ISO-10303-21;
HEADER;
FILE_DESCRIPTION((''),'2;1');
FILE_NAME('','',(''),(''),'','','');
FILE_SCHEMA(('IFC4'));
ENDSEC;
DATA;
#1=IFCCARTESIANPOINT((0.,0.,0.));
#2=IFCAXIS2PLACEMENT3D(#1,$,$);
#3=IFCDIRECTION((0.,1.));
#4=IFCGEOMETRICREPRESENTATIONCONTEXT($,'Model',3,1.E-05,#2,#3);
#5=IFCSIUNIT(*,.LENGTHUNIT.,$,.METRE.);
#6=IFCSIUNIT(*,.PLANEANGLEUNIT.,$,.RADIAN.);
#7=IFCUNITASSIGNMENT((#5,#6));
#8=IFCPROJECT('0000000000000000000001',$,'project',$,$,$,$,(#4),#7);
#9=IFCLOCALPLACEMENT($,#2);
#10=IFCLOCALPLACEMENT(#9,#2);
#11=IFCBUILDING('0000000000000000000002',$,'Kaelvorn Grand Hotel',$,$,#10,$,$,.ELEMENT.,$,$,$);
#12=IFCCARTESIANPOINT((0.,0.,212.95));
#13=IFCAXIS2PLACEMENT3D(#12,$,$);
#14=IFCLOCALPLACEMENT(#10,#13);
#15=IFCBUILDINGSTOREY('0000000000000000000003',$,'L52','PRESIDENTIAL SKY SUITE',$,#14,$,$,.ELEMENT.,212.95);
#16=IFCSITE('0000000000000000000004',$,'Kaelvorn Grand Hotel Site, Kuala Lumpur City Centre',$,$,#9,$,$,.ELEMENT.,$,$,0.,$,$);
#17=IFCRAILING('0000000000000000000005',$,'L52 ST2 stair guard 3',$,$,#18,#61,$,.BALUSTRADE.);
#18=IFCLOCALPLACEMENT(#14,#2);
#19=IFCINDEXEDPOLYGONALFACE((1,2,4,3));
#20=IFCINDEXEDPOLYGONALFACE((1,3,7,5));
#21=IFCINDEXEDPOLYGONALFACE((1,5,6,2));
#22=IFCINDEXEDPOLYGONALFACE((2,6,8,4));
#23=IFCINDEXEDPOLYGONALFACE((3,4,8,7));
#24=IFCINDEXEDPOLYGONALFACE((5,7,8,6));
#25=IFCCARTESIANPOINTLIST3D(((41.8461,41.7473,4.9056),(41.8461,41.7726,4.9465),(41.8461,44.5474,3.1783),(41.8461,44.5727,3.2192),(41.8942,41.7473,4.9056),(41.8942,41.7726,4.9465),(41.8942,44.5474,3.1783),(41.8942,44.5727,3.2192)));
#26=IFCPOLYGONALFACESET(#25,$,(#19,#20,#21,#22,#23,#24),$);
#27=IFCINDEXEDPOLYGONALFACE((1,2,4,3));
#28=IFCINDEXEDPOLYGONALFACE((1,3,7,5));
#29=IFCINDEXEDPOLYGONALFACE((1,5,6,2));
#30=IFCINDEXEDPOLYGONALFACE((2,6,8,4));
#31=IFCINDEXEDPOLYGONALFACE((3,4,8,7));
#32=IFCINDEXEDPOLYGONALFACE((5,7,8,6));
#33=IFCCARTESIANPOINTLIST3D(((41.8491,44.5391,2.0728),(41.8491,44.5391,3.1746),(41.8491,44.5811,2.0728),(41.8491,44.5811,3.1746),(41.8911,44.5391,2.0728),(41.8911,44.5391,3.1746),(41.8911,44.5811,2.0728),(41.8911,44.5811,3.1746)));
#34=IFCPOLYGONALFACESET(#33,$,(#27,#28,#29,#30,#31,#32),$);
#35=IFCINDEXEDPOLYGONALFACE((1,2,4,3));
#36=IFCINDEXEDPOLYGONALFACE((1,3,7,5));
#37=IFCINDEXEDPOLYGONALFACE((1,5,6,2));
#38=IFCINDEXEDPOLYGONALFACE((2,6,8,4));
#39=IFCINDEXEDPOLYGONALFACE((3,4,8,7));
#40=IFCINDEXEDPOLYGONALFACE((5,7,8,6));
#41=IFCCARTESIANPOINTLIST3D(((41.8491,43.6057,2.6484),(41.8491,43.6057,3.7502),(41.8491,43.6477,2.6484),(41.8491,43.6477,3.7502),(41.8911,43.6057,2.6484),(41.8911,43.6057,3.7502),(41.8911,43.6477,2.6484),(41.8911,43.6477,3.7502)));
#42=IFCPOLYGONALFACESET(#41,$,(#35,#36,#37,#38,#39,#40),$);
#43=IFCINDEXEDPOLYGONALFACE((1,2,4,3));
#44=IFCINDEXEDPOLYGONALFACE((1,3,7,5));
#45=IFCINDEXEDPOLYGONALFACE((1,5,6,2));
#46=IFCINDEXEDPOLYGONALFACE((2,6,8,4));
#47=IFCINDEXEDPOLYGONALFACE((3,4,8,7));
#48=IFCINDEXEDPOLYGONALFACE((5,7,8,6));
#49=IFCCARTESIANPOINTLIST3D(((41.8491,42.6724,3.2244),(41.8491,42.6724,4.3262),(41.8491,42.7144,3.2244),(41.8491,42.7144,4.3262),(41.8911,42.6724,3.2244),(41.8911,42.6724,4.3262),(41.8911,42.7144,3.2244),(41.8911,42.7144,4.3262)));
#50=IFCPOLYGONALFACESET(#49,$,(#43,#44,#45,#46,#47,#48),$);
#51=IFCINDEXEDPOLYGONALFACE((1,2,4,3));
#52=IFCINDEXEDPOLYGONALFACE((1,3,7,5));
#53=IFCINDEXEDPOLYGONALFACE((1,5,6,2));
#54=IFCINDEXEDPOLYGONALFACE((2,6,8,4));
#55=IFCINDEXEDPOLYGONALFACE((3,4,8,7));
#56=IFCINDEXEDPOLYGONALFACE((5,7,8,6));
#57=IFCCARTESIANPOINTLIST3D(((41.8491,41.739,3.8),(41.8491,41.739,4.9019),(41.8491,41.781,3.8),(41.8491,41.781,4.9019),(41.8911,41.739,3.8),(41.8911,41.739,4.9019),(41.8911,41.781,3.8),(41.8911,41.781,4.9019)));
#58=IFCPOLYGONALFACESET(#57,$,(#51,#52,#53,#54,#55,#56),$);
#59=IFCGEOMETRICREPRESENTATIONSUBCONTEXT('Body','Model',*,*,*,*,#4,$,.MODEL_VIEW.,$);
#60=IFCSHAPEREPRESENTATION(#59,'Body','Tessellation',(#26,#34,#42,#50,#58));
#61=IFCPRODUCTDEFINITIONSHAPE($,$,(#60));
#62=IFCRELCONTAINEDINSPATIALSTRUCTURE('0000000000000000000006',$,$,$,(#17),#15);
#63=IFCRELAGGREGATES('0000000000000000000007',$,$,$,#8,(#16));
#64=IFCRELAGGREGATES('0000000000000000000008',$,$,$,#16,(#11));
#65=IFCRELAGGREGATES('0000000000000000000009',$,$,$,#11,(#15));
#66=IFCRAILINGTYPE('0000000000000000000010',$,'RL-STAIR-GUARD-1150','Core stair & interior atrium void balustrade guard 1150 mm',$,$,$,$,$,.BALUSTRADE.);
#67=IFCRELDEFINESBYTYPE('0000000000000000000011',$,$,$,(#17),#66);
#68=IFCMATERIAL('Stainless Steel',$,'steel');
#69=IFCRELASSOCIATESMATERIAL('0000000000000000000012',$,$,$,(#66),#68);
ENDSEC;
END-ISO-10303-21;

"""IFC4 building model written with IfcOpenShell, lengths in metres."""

from ifc_helpers import new_model, si_unit, direction, frame, origin, origin_2d, place, context, subcontext, project, spatial, rectangle, extrude, material, type_object, element, save


model = new_model("IFC4")

# Units and contexts
model_context = context("Model", 3, precision=1e-05, world=origin(), true_north=direction((0.0, 1.0)))
body_context = subcontext(model_context, "Body", "Model", "MODEL_VIEW")
ifc_project = project(units=[si_unit("LENGTHUNIT", "METRE"), si_unit("PLANEANGLEUNIT", "RADIAN")], contexts=[model_context])

# Site, building, storey
site_placement = place(None, origin())
site = spatial("IfcSite", under=ifc_project, at=site_placement, Name="Kaelvorn Grand Hotel Site, Kuala Lumpur City Centre", CompositionType="ELEMENT", RefElevation=0.0)
building_placement = place(site_placement, origin())
building = spatial("IfcBuilding", under=site, at=building_placement, Name="Kaelvorn Grand Hotel", CompositionType="ELEMENT")
storey_placement = place(building_placement, frame((0.0, 0.0, 212.95)))
storey = spatial("IfcBuildingStorey", under=building, at=storey_placement, Name="L52", Description="PRESIDENTIAL SKY SUITE", CompositionType="ELEMENT", Elevation=212.95)

# Railing
ifc_material_1 = material(Name="Stainless Steel", Category="steel")
railing_type_1 = type_object("IfcRailingType", Name="RL-STAIR-GUARD-1150", Description="Core stair & interior atrium void balustrade guard 1150 mm", PredefinedType="BALUSTRADE", material=ifc_material_1)
railing_1_placement = place(storey_placement, frame((41.8701, 44.5601, 2.0728)))
element("IfcRailing", 1, at=railing_1_placement, inside=storey, type_object=railing_type_1, Name="L52 ST2 stair guard 3", PredefinedType="BALUSTRADE", context=body_context, shape_type="SweptSolid", body=[
    extrude(rectangle(XDim=0.0481, YDim=0.0481, at=origin_2d()), frame((0.0, 0.0, 1.126), z_axis=(0.0, -0.85109, 0.52502), x_axis=(1.0, 0.0, 0.0)), (0.0, 0.0, 1.0), 3.29),
    extrude(rectangle(XDim=0.042, YDim=0.042, at=origin_2d()), origin(), (0.0, 0.0, 1.0), 1.1018),
    extrude(rectangle(XDim=0.042, YDim=0.042, at=origin_2d()), frame((0.0, -0.9333, 0.5757)), (0.0, 0.0, 1.0), 1.1018),
    extrude(rectangle(XDim=0.042, YDim=0.042, at=origin_2d()), frame((0.0, -1.8667, 1.1516)), (0.0, 0.0, 1.0), 1.1018),
    extrude(rectangle(XDim=0.042, YDim=0.042, at=origin_2d()), frame((0.0, -2.8, 1.7273)), (0.0, 0.0, 1.0), 1.1018),
])

save(model, "model.ifc")
